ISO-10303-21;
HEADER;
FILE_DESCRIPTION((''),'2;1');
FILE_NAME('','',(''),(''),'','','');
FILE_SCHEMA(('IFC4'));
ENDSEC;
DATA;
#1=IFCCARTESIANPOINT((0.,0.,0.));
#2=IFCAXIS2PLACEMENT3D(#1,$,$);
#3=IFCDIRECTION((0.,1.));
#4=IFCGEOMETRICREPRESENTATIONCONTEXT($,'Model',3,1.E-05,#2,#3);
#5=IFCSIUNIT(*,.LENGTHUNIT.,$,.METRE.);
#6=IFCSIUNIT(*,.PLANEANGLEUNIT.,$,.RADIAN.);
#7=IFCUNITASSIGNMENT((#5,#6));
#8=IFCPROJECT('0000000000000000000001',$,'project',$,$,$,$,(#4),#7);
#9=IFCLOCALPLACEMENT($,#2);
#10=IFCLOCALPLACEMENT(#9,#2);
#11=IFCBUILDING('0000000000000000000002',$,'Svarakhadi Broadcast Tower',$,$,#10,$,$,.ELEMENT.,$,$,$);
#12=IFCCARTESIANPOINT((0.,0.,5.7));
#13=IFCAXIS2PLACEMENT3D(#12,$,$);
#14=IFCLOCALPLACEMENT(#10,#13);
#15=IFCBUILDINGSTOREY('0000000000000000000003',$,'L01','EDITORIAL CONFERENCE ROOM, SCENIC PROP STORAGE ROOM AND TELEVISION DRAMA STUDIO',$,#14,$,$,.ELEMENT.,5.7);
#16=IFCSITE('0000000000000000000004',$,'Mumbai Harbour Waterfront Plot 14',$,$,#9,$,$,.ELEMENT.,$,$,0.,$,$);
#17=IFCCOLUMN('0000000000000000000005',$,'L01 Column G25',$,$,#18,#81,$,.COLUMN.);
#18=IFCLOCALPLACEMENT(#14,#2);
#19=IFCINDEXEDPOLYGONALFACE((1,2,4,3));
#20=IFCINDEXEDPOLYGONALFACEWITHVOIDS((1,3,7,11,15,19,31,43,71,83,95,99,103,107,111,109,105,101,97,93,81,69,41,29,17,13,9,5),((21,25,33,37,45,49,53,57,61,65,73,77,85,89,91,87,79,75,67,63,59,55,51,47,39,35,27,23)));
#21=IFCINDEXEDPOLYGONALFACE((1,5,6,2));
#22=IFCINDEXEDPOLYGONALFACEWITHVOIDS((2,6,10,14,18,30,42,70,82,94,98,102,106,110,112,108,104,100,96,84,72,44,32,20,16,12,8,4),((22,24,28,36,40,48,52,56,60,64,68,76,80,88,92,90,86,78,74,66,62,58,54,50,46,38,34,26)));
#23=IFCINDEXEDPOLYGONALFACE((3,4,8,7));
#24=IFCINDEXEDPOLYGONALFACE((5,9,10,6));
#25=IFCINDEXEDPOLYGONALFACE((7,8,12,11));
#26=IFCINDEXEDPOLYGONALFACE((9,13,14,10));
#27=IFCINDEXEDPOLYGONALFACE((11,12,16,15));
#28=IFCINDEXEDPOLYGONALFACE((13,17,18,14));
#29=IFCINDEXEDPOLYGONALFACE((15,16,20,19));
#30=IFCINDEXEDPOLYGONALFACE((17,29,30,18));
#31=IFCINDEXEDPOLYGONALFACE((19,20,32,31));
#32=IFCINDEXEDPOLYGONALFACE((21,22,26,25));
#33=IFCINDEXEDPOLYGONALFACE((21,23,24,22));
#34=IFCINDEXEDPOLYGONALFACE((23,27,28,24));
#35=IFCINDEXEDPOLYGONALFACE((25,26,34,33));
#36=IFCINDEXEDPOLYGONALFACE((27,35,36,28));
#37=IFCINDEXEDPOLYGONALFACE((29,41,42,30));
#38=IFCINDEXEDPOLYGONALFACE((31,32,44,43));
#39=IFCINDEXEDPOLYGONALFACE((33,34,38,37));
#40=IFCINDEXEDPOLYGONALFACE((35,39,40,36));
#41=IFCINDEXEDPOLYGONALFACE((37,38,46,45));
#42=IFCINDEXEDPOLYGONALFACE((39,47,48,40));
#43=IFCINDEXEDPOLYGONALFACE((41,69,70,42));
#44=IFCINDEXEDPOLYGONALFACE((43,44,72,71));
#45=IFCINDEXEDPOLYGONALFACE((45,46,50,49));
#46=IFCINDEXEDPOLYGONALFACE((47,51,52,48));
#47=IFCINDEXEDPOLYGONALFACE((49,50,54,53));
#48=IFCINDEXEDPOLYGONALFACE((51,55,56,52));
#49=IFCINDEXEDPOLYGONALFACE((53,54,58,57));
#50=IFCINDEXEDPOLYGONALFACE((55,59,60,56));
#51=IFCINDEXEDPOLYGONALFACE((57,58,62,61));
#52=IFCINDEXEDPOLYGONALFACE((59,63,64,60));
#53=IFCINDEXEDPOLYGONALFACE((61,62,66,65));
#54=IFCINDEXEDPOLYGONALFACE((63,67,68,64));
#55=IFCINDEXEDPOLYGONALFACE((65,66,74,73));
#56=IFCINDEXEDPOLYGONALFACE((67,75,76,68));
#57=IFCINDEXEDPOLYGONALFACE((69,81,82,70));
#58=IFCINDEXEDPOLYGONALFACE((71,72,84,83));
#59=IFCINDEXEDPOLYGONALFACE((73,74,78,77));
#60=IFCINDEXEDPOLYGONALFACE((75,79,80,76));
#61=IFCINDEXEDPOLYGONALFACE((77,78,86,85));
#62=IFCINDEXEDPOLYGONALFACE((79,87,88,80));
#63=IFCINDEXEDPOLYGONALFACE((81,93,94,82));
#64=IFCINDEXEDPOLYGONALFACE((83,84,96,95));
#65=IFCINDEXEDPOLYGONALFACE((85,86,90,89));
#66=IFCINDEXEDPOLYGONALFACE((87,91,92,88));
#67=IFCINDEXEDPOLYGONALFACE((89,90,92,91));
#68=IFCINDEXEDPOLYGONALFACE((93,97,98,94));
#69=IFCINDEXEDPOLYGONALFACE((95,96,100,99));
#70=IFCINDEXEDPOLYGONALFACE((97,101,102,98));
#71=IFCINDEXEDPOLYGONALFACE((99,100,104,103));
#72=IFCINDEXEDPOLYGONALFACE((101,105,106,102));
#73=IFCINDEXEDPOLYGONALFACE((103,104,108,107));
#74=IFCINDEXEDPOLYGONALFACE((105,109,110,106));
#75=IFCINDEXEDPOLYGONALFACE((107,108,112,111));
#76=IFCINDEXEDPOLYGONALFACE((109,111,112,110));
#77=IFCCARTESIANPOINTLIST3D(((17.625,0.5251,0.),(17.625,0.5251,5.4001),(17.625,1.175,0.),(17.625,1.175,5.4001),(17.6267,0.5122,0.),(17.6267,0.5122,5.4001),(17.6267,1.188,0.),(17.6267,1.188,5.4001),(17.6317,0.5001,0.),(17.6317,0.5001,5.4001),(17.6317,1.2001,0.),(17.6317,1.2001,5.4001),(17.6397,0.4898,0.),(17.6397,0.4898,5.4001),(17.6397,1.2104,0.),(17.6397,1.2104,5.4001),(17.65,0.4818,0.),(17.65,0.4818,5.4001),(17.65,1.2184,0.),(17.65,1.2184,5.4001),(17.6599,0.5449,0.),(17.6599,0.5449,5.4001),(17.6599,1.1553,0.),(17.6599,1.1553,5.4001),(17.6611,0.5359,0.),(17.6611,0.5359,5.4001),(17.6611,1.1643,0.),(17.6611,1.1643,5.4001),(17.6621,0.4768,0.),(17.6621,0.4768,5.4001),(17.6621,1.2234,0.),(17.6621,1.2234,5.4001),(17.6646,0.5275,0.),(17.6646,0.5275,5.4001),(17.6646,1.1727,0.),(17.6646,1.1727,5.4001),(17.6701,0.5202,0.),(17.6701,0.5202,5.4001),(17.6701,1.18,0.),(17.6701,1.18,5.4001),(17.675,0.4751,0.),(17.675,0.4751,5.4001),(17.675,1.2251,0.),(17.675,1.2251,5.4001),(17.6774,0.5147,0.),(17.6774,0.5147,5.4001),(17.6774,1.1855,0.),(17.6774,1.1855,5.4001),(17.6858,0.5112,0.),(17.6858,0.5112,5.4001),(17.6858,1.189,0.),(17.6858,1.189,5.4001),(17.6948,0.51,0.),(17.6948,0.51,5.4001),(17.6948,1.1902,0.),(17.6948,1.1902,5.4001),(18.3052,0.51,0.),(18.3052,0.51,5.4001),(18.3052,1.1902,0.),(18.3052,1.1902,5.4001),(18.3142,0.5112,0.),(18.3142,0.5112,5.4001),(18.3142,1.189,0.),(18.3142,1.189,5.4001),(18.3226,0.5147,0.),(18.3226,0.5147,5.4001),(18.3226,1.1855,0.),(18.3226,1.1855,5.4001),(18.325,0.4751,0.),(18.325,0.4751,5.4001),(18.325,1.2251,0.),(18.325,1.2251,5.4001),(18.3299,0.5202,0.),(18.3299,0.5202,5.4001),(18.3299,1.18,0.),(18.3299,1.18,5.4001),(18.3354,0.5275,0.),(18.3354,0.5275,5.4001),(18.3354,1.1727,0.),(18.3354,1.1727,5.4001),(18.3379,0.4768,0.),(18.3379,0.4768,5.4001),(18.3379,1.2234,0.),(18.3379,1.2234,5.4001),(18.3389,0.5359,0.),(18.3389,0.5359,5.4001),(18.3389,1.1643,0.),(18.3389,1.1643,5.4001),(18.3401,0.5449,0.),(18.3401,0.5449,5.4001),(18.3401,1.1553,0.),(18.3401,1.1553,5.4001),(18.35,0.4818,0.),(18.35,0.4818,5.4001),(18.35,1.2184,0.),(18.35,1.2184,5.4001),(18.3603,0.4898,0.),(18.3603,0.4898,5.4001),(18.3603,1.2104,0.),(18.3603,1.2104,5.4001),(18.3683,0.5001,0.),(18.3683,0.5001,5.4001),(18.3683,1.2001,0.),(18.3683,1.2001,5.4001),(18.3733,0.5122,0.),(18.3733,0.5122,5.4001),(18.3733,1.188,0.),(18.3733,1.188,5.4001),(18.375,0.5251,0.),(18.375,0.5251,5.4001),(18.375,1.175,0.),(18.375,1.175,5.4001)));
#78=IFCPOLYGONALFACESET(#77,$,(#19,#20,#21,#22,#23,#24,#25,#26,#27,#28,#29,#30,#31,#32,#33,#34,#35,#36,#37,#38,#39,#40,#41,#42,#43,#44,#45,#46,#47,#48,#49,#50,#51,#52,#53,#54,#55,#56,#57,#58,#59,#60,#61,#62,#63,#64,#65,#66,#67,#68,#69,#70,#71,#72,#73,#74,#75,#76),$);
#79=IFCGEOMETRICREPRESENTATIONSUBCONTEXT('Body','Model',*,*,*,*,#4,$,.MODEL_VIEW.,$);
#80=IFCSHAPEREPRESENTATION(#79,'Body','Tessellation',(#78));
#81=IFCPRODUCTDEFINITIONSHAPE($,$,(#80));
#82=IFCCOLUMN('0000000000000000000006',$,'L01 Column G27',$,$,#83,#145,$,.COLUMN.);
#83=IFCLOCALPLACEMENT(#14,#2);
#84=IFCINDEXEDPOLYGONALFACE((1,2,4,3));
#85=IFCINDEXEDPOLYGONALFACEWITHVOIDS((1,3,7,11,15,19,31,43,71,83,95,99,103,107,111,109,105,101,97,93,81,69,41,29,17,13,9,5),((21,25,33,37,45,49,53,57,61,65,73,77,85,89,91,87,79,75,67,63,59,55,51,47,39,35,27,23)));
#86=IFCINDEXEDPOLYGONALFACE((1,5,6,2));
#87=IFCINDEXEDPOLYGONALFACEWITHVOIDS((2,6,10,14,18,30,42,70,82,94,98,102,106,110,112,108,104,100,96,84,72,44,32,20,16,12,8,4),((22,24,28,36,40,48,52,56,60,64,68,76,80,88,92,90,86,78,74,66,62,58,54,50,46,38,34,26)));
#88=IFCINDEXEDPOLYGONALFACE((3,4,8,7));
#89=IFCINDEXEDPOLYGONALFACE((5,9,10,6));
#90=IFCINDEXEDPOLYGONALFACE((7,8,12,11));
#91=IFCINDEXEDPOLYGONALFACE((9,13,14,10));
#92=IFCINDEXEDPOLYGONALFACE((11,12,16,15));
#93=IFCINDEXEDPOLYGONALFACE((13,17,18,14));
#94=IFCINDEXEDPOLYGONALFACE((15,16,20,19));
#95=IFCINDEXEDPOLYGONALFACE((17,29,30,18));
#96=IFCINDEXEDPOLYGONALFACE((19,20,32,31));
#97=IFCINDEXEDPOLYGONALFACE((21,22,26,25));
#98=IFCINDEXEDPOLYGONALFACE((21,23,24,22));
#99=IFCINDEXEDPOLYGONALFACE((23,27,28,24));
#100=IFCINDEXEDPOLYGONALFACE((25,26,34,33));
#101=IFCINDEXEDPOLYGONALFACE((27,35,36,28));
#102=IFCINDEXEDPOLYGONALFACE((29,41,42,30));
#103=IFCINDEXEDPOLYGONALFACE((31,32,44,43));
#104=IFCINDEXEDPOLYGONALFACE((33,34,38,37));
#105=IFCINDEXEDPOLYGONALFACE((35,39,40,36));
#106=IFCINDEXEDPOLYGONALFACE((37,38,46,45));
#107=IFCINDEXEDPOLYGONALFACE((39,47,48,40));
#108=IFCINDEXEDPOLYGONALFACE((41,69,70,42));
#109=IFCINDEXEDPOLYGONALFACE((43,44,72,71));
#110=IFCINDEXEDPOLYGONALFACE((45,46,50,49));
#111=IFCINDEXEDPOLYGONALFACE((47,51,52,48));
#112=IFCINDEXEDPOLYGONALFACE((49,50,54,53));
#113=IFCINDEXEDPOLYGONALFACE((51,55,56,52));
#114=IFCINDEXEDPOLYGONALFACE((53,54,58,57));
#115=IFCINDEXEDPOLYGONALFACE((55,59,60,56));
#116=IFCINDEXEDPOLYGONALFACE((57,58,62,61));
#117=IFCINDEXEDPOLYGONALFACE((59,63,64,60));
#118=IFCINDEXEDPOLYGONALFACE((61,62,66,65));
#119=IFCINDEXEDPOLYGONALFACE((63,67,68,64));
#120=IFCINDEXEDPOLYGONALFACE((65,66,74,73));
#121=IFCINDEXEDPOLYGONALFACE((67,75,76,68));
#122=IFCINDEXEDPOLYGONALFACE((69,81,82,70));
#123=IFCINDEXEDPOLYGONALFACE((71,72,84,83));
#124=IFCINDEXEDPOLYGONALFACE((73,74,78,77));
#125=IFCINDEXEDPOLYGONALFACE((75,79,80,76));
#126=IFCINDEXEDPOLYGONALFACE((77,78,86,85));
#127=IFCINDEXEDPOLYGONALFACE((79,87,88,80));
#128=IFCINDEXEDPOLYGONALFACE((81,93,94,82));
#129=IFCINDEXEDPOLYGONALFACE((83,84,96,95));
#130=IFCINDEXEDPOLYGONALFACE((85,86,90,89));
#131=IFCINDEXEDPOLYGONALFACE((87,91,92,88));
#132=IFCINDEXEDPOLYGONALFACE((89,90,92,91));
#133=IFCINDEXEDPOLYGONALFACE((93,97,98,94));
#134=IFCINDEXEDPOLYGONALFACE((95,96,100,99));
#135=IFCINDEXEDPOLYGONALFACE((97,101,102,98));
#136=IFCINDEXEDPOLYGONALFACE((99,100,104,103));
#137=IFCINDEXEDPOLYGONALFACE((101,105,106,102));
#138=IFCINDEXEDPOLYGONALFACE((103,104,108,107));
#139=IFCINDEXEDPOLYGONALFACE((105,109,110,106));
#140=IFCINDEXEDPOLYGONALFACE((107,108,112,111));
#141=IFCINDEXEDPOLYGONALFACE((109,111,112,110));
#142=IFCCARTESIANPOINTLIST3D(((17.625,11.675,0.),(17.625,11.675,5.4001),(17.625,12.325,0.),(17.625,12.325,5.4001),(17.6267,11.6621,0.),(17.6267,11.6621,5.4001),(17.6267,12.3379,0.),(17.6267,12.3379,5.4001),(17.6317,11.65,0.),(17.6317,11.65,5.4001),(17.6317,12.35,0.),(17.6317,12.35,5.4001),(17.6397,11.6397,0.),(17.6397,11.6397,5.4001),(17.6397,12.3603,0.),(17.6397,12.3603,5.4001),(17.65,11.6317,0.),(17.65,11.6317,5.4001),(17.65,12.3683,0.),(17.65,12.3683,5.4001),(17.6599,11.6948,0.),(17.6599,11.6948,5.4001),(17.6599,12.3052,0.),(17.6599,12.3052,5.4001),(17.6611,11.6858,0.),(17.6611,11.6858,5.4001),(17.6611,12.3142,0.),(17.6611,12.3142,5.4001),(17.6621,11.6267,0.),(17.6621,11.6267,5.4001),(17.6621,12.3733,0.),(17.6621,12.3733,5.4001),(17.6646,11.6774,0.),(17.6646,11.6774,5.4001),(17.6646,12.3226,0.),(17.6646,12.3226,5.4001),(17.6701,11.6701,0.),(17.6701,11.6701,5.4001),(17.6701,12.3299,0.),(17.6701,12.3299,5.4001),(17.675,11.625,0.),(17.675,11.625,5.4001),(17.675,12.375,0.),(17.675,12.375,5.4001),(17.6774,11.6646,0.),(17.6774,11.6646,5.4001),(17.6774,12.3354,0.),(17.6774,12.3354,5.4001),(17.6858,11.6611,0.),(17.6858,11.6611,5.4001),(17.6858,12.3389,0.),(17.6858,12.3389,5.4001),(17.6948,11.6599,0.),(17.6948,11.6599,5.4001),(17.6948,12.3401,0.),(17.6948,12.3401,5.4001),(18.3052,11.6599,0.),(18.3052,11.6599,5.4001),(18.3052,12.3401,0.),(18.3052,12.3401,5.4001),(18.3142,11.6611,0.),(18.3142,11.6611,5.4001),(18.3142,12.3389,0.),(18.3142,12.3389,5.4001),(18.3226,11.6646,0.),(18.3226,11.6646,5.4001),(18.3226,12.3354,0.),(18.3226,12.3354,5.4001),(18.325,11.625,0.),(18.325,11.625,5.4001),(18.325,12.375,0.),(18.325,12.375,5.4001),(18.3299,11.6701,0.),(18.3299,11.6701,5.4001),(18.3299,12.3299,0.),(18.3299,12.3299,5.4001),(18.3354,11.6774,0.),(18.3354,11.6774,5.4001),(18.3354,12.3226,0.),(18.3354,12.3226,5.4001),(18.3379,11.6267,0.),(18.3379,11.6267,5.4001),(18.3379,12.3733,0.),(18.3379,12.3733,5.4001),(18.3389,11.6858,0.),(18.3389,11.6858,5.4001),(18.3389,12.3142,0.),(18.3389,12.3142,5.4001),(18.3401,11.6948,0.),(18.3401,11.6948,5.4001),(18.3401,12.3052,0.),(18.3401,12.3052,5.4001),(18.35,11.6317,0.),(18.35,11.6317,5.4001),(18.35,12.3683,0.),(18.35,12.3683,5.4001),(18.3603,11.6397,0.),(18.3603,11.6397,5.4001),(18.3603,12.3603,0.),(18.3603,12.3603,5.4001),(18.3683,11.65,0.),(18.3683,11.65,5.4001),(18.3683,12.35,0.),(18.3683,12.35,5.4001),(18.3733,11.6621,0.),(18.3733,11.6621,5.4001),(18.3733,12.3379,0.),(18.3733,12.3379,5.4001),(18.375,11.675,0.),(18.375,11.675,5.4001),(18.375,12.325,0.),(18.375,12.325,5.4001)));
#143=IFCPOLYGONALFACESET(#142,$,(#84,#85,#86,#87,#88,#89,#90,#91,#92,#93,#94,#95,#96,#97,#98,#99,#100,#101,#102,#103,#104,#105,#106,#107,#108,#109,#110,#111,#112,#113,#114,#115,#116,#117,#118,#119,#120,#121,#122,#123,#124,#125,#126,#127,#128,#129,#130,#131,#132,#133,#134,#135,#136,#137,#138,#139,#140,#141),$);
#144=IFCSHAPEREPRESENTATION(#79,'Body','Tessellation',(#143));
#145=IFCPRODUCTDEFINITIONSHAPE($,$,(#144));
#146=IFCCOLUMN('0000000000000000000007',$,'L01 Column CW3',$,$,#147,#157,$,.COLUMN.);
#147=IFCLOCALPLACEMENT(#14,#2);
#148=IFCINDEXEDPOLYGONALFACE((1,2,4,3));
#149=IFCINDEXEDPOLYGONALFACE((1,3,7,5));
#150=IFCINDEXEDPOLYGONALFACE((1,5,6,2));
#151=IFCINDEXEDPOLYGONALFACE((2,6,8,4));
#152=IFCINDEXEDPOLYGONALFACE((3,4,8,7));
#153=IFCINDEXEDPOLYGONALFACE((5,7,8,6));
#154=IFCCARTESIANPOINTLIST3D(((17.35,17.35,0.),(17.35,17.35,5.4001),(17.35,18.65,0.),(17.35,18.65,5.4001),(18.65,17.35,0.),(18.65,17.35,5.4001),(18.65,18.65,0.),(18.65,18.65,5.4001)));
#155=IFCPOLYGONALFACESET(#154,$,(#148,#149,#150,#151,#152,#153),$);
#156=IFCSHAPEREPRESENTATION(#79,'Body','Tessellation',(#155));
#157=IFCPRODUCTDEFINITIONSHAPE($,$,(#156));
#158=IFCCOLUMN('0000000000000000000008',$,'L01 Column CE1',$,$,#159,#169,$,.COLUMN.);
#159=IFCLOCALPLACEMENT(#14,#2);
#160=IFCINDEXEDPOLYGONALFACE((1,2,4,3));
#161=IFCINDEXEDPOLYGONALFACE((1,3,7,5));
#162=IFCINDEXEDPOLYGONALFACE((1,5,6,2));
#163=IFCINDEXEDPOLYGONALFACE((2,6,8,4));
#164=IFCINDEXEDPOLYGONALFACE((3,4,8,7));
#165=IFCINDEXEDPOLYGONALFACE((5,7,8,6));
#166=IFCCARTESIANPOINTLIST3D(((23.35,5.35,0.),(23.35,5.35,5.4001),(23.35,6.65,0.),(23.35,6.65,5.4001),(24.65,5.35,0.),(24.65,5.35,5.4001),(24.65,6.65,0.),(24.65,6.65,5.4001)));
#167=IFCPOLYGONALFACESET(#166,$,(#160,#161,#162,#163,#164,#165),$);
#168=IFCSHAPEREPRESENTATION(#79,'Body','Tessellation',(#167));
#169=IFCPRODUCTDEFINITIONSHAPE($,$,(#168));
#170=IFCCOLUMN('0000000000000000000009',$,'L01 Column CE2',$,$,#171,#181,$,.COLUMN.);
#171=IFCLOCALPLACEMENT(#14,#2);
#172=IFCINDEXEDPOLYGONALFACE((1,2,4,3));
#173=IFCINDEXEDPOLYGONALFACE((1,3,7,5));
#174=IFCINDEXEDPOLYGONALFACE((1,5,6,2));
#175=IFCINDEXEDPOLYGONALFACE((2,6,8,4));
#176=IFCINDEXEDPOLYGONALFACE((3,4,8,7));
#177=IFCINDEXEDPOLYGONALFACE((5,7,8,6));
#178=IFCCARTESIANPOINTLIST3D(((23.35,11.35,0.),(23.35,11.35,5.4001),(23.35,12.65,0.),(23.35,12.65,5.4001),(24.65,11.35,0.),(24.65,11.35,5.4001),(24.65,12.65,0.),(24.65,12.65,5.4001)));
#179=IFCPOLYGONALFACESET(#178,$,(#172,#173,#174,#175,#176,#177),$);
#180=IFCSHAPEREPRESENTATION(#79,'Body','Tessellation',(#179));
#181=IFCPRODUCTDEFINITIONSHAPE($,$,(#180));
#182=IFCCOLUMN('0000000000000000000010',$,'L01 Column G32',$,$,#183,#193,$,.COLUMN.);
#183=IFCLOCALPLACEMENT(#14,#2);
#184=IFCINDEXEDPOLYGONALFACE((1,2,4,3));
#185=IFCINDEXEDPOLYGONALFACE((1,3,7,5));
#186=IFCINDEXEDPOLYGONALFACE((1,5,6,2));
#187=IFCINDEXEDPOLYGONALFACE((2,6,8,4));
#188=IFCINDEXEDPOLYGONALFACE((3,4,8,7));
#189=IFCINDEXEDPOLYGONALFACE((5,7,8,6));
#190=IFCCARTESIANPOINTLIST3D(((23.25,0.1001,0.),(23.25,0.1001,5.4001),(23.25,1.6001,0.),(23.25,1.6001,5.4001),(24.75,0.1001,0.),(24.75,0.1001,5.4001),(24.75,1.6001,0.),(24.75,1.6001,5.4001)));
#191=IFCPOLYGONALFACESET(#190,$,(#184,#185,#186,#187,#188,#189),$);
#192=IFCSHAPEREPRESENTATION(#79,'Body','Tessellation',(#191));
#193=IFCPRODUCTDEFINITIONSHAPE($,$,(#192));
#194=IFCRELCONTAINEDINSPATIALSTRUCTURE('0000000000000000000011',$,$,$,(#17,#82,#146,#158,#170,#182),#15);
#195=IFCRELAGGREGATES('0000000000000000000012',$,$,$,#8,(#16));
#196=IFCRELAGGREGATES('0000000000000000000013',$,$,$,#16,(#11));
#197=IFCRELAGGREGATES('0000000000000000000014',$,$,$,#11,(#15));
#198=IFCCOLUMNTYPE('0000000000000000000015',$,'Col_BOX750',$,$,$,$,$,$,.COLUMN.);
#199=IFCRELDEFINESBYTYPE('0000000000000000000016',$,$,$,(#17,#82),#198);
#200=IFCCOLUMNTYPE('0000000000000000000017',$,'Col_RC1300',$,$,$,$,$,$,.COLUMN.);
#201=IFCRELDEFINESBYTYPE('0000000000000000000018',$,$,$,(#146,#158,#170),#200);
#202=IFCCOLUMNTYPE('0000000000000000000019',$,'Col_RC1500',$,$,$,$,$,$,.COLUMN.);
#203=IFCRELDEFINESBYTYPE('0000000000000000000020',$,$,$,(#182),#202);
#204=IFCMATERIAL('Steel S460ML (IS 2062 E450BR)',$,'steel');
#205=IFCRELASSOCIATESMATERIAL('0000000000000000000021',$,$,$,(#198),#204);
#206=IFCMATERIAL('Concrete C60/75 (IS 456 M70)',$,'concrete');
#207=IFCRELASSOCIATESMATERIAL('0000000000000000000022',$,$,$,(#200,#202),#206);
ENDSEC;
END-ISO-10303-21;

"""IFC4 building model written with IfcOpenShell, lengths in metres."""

from ifc_helpers import new_model, si_unit, direction, frame, origin, origin_2d, place, context, subcontext, project, spatial, rectangle, hollow_rectangle, extrude, material, material_profile, profile_set, type_object, element, save


model = new_model("IFC4")

# Units and contexts
model_context = context("Model", 3, precision=1e-05, world=origin(), true_north=direction((0.0, 1.0)))
body_context = subcontext(model_context, "Body", "Model", "MODEL_VIEW")
ifc_project = project(units=[si_unit("LENGTHUNIT", "METRE"), si_unit("PLANEANGLEUNIT", "RADIAN")], contexts=[model_context])

# Site, building, storey
site_placement = place(None, origin())
site = spatial("IfcSite", under=ifc_project, at=site_placement, Name="Mumbai Harbour Waterfront Plot 14", CompositionType="ELEMENT", RefElevation=0.0)
building_placement = place(site_placement, origin())
building = spatial("IfcBuilding", under=site, at=building_placement, Name="Svarakhadi Broadcast Tower", CompositionType="ELEMENT")
storey_placement = place(building_placement, frame((0.0, 0.0, 5.7)))
storey = spatial("IfcBuildingStorey", under=building, at=storey_placement, Name="L01", Description="EDITORIAL CONFERENCE ROOM, SCENIC PROP STORAGE ROOM AND TELEVISION DRAMA STUDIO", CompositionType="ELEMENT", Elevation=5.7)

# Columns
ifc_material_1 = material(Name="Steel S460ML (IS 2062 E450BR)", Category="steel")
ifc_material_profile_1 = material_profile(ifc_material_1, hollow_rectangle(XDim=0.75, YDim=0.75, WallThickness=0.0349, InnerFilletRadius=0.0349, OuterFilletRadius=0.05, at=origin_2d()), Name="BOX 750x750x35")
ifc_profile_set_1 = profile_set([ifc_material_profile_1], Name="Steel S460ML (IS 2062 E450BR)")
column_type_1 = type_object("IfcColumnType", Name="Col_BOX750", PredefinedType="COLUMN", material=ifc_profile_set_1)
for number, where, z_axis, x_axis, name in (
    (1, (18.0, 0.8501, 0.0), (0.0, 0.0, 1.0), (1.0, 0.0, 0.0), "L01 Column G25"),
    (2, (18.0, 12.0, 0.0), (0.0, 0.0, 1.0), (1.0, 0.0, 0.0), "L01 Column G27"),
):
    element("IfcColumn", number, at=place(storey_placement, frame(where, z_axis=z_axis, x_axis=x_axis)), inside=storey, type_object=column_type_1, Name=name, PredefinedType="COLUMN", context=body_context, shape_type="SweptSolid", body=[
        extrude(hollow_rectangle(XDim=0.75, YDim=0.75, WallThickness=0.0349, InnerFilletRadius=0.0349, OuterFilletRadius=0.05, at=origin_2d()), origin(), (0.0, 0.0, 1.0), 5.4001),
    ])
ifc_material_2 = material(Name="Concrete C60/75 (IS 456 M70)", Category="concrete")
ifc_material_profile_2 = material_profile(ifc_material_2, rectangle(XDim=1.3, YDim=1.3, at=origin_2d()), Name="RC 1300x1300")
ifc_profile_set_2 = profile_set([ifc_material_profile_2], Name="Concrete C60/75 (IS 456 M70)")
column_type_2 = type_object("IfcColumnType", Name="Col_RC1300", PredefinedType="COLUMN", material=ifc_profile_set_2)
for number, where, z_axis, x_axis, name in (
    (3, (18.0, 18.0, 0.0), (0.0, 0.0, 1.0), (1.0, 0.0, 0.0), "L01 Column CW3"),
    (4, (24.0, 6.0, 0.0), (0.0, 0.0, 1.0), (1.0, 0.0, 0.0), "L01 Column CE1"),
    (5, (24.0, 12.0, 0.0), (0.0, 0.0, 1.0), (1.0, 0.0, 0.0), "L01 Column CE2"),
):
    element("IfcColumn", number, at=place(storey_placement, frame(where, z_axis=z_axis, x_axis=x_axis)), inside=storey, type_object=column_type_2, Name=name, PredefinedType="COLUMN", context=body_context, shape_type="SweptSolid", body=[
        extrude(rectangle(XDim=1.3, YDim=1.3, at=origin_2d()), origin(), (0.0, 0.0, 1.0), 5.4001),
    ])
ifc_material_profile_3 = material_profile(ifc_material_2, rectangle(XDim=1.5, YDim=1.5, at=origin_2d()), Name="RC 1500x1500")
ifc_profile_set_3 = profile_set([ifc_material_profile_3], Name="Concrete C60/75 (IS 456 M70)")
column_type_3 = type_object("IfcColumnType", Name="Col_RC1500", PredefinedType="COLUMN", material=ifc_profile_set_3)
column_placement = place(storey_placement, frame((24.0, 0.8501, 0.0), z_axis=(0.0, 0.0, 1.0), x_axis=(1.0, 0.0, 0.0)))
element("IfcColumn", 6, at=column_placement, inside=storey, type_object=column_type_3, Name="L01 Column G32", PredefinedType="COLUMN", context=body_context, shape_type="SweptSolid", body=[
    extrude(rectangle(XDim=1.5, YDim=1.5, at=origin_2d()), origin(), (0.0, 0.0, 1.0), 5.4001),
])

save(model, "model.ifc")
